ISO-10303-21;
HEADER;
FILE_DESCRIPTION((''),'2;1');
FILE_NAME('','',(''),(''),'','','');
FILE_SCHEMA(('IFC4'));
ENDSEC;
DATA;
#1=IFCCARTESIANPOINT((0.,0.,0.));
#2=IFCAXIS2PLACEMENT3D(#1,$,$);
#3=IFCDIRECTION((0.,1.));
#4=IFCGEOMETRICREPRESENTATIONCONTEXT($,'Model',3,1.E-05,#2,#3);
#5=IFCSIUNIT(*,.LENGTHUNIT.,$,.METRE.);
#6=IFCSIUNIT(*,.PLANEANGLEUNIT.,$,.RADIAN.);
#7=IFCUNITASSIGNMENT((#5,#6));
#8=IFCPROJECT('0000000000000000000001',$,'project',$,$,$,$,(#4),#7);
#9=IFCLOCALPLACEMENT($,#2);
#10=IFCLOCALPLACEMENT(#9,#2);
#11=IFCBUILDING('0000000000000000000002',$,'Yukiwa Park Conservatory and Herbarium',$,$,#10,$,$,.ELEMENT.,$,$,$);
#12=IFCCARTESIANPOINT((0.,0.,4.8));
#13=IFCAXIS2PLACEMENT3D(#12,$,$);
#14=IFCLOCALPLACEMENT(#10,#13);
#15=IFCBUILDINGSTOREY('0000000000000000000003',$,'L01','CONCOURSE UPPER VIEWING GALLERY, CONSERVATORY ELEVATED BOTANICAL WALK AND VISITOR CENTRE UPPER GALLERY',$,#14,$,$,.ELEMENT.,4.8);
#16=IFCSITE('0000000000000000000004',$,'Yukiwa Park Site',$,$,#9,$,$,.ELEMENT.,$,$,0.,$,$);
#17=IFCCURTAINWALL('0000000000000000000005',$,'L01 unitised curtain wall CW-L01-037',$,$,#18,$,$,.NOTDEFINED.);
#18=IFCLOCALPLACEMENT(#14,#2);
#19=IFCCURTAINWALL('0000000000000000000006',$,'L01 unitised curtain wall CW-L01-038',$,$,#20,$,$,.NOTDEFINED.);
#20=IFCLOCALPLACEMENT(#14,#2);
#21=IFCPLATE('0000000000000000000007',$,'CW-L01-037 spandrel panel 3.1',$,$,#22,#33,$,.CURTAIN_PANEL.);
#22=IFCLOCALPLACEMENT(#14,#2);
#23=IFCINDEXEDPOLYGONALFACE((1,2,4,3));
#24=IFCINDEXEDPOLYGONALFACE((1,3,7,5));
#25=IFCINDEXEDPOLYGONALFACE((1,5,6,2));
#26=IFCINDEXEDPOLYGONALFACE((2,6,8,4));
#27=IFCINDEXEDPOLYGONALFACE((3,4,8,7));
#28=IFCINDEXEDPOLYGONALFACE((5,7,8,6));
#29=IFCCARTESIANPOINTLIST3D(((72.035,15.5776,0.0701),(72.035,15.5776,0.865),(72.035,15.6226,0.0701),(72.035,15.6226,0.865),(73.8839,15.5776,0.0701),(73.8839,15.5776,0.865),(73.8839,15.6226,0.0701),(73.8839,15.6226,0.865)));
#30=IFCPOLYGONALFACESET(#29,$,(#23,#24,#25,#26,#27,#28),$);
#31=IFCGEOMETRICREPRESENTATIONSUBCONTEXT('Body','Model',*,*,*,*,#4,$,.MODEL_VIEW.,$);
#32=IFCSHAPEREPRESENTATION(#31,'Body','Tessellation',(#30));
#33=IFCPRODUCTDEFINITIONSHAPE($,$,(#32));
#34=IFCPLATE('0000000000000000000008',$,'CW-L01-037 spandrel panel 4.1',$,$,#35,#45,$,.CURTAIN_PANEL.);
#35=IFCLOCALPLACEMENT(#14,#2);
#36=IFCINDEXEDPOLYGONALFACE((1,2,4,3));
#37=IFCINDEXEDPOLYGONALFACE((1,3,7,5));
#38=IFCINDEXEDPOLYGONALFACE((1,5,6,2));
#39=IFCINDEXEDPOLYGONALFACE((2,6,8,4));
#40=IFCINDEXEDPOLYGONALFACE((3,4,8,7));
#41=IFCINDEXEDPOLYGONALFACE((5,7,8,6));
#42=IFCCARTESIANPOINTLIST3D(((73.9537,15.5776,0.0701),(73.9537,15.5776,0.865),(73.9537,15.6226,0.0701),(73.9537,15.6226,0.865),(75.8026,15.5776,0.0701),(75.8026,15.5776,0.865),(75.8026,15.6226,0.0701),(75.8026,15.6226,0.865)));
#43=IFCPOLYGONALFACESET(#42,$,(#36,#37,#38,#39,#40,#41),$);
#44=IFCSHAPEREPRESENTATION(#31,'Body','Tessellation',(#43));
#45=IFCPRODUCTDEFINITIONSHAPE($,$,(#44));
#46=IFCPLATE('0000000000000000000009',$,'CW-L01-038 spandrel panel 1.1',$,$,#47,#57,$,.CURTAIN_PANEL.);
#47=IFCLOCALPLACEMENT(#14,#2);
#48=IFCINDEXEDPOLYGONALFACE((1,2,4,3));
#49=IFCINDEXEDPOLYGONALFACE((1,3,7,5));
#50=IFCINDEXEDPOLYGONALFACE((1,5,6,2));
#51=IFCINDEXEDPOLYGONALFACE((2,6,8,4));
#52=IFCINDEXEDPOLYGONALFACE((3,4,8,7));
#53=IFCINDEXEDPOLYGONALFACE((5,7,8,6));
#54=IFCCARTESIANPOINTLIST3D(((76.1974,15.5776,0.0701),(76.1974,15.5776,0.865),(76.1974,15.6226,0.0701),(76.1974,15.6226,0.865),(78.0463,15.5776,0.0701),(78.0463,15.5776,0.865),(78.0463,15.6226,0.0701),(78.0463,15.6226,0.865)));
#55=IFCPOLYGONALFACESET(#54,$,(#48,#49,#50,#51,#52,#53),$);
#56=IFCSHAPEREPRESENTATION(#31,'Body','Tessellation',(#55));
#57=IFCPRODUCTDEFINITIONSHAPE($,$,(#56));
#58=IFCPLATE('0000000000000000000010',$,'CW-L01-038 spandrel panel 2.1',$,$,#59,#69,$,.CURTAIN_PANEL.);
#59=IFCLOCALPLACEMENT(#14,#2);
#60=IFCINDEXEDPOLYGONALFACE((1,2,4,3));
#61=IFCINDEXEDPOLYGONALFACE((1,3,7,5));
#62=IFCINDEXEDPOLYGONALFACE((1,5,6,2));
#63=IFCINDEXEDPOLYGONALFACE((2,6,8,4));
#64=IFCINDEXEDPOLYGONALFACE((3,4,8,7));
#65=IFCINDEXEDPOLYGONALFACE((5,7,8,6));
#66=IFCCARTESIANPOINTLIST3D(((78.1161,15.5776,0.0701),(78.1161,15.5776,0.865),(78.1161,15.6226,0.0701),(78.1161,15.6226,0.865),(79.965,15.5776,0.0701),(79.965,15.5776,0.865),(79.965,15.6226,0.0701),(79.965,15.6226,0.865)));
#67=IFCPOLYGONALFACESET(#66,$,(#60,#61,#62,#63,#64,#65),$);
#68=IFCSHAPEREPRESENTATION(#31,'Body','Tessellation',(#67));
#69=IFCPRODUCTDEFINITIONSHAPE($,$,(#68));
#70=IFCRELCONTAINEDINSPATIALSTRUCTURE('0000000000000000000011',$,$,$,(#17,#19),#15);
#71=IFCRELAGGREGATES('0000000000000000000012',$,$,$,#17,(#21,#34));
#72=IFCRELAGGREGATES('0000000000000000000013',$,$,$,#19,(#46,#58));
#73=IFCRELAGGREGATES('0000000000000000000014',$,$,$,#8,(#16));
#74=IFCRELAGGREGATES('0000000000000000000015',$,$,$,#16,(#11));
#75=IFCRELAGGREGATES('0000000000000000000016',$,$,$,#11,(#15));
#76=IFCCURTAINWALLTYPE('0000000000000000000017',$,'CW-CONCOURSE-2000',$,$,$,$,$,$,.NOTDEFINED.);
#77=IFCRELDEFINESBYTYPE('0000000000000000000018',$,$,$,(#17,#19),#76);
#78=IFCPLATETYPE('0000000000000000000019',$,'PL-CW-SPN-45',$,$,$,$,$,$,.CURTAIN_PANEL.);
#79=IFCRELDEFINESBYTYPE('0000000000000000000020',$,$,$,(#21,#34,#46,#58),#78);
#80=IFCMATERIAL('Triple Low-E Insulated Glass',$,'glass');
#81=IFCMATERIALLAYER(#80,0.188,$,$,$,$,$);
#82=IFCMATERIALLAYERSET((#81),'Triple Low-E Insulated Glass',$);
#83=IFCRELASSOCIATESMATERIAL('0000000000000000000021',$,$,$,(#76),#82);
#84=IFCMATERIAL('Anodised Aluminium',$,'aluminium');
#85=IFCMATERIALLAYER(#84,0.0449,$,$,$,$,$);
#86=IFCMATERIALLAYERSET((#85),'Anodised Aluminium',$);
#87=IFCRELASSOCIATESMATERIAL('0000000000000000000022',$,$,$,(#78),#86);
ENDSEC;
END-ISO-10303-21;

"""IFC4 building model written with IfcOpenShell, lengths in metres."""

from ifc_helpers import new_model, si_unit, direction, frame, origin, origin_2d, place, context, subcontext, project, spatial, rectangle, extrude, material, layer, layer_set, type_object, element, aggregate, save


model = new_model("IFC4")

# Units and contexts
model_context = context("Model", 3, precision=1e-05, world=origin(), true_north=direction((0.0, 1.0)))
body_context = subcontext(model_context, "Body", "Model", "MODEL_VIEW")
ifc_project = project(units=[si_unit("LENGTHUNIT", "METRE"), si_unit("PLANEANGLEUNIT", "RADIAN")], contexts=[model_context])

# Site, building, storey
site_placement = place(None, origin())
site = spatial("IfcSite", under=ifc_project, at=site_placement, Name="Yukiwa Park Site", CompositionType="ELEMENT", RefElevation=0.0)
building_placement = place(site_placement, origin())
building = spatial("IfcBuilding", under=site, at=building_placement, Name="Yukiwa Park Conservatory and Herbarium", CompositionType="ELEMENT")
storey_placement = place(building_placement, frame((0.0, 0.0, 4.8)))
storey = spatial("IfcBuildingStorey", under=building, at=storey_placement, Name="L01", Description="CONCOURSE UPPER VIEWING GALLERY, CONSERVATORY ELEVATED BOTANICAL WALK AND VISITOR CENTRE UPPER GALLERY", CompositionType="ELEMENT", Elevation=4.8)

# Curtain walls
ifc_material_1 = material(Name="Triple Low-E Insulated Glass", Category="glass")
ifc_layer_1 = layer(ifc_material_1, 0.188)
ifc_layer_set_1 = layer_set([ifc_layer_1], Name="Triple Low-E Insulated Glass")
curtain_wall_type = type_object("IfcCurtainWallType", Name="CW-CONCOURSE-2000", PredefinedType="NOTDEFINED", material=ifc_layer_set_1)
curtain_wall_1_placement = place(storey_placement, origin())
curtain_wall_1 = element("IfcCurtainWall", 1, at=curtain_wall_1_placement, inside=storey, type_object=curtain_wall_type, Name="L01 unitised curtain wall CW-L01-037", PredefinedType="NOTDEFINED")
curtain_wall_2_placement = place(storey_placement, origin())
curtain_wall_2 = element("IfcCurtainWall", 2, at=curtain_wall_2_placement, inside=storey, type_object=curtain_wall_type, Name="L01 unitised curtain wall CW-L01-038", PredefinedType="NOTDEFINED")

# Plates
ifc_material_2 = material(Name="Anodised Aluminium", Category="aluminium")
ifc_layer_2 = layer(ifc_material_2, 0.0449)
ifc_layer_set_2 = layer_set([ifc_layer_2], Name="Anodised Aluminium")
plate_type_1 = type_object("IfcPlateType", Name="PL-CW-SPN-45", PredefinedType="CURTAIN_PANEL", material=ifc_layer_set_2)
plate_1_placement = place(storey_placement, frame((72.9595, 15.6001, 0.0701), z_axis=(0.0, 0.0, 1.0), x_axis=(1.0, 0.0, 0.0)))
plate_1 = element("IfcPlate", 3, at=plate_1_placement, type_object=plate_type_1, Name="CW-L01-037 spandrel panel 3.1", PredefinedType="CURTAIN_PANEL", context=body_context, shape_type="SweptSolid", body=[
    extrude(rectangle(XDim=1.8489, YDim=0.0449, at=origin_2d()), origin(), (0.0, 0.0, 1.0), 0.7949),
])
plate_2_placement = place(storey_placement, frame((74.8782, 15.6001, 0.0701), z_axis=(0.0, 0.0, 1.0), x_axis=(1.0, 0.0, 0.0)))
plate_2 = element("IfcPlate", 4, at=plate_2_placement, type_object=plate_type_1, Name="CW-L01-037 spandrel panel 4.1", PredefinedType="CURTAIN_PANEL", context=body_context, shape_type="SweptSolid", body=[
    extrude(rectangle(XDim=1.8489, YDim=0.0449, at=origin_2d()), origin(), (0.0, 0.0, 1.0), 0.7949),
])
aggregate(curtain_wall_1, [plate_1, plate_2])
plate_3_placement = place(storey_placement, frame((77.1218, 15.6001, 0.0701), z_axis=(0.0, 0.0, 1.0), x_axis=(1.0, 0.0, 0.0)))
plate_3 = element("IfcPlate", 5, at=plate_3_placement, type_object=plate_type_1, Name="CW-L01-038 spandrel panel 1.1", PredefinedType="CURTAIN_PANEL", context=body_context, shape_type="SweptSolid", body=[
    extrude(rectangle(XDim=1.8489, YDim=0.0449, at=origin_2d()), origin(), (0.0, 0.0, 1.0), 0.7949),
])
plate_4_placement = place(storey_placement, frame((79.0405, 15.6001, 0.0701), z_axis=(0.0, 0.0, 1.0), x_axis=(1.0, 0.0, 0.0)))
plate_4 = element("IfcPlate", 6, at=plate_4_placement, type_object=plate_type_1, Name="CW-L01-038 spandrel panel 2.1", PredefinedType="CURTAIN_PANEL", context=body_context, shape_type="SweptSolid", body=[
    extrude(rectangle(XDim=1.8489, YDim=0.0449, at=origin_2d()), origin(), (0.0, 0.0, 1.0), 0.7949),
])
aggregate(curtain_wall_2, [plate_3, plate_4])

save(model, "model.ifc")
